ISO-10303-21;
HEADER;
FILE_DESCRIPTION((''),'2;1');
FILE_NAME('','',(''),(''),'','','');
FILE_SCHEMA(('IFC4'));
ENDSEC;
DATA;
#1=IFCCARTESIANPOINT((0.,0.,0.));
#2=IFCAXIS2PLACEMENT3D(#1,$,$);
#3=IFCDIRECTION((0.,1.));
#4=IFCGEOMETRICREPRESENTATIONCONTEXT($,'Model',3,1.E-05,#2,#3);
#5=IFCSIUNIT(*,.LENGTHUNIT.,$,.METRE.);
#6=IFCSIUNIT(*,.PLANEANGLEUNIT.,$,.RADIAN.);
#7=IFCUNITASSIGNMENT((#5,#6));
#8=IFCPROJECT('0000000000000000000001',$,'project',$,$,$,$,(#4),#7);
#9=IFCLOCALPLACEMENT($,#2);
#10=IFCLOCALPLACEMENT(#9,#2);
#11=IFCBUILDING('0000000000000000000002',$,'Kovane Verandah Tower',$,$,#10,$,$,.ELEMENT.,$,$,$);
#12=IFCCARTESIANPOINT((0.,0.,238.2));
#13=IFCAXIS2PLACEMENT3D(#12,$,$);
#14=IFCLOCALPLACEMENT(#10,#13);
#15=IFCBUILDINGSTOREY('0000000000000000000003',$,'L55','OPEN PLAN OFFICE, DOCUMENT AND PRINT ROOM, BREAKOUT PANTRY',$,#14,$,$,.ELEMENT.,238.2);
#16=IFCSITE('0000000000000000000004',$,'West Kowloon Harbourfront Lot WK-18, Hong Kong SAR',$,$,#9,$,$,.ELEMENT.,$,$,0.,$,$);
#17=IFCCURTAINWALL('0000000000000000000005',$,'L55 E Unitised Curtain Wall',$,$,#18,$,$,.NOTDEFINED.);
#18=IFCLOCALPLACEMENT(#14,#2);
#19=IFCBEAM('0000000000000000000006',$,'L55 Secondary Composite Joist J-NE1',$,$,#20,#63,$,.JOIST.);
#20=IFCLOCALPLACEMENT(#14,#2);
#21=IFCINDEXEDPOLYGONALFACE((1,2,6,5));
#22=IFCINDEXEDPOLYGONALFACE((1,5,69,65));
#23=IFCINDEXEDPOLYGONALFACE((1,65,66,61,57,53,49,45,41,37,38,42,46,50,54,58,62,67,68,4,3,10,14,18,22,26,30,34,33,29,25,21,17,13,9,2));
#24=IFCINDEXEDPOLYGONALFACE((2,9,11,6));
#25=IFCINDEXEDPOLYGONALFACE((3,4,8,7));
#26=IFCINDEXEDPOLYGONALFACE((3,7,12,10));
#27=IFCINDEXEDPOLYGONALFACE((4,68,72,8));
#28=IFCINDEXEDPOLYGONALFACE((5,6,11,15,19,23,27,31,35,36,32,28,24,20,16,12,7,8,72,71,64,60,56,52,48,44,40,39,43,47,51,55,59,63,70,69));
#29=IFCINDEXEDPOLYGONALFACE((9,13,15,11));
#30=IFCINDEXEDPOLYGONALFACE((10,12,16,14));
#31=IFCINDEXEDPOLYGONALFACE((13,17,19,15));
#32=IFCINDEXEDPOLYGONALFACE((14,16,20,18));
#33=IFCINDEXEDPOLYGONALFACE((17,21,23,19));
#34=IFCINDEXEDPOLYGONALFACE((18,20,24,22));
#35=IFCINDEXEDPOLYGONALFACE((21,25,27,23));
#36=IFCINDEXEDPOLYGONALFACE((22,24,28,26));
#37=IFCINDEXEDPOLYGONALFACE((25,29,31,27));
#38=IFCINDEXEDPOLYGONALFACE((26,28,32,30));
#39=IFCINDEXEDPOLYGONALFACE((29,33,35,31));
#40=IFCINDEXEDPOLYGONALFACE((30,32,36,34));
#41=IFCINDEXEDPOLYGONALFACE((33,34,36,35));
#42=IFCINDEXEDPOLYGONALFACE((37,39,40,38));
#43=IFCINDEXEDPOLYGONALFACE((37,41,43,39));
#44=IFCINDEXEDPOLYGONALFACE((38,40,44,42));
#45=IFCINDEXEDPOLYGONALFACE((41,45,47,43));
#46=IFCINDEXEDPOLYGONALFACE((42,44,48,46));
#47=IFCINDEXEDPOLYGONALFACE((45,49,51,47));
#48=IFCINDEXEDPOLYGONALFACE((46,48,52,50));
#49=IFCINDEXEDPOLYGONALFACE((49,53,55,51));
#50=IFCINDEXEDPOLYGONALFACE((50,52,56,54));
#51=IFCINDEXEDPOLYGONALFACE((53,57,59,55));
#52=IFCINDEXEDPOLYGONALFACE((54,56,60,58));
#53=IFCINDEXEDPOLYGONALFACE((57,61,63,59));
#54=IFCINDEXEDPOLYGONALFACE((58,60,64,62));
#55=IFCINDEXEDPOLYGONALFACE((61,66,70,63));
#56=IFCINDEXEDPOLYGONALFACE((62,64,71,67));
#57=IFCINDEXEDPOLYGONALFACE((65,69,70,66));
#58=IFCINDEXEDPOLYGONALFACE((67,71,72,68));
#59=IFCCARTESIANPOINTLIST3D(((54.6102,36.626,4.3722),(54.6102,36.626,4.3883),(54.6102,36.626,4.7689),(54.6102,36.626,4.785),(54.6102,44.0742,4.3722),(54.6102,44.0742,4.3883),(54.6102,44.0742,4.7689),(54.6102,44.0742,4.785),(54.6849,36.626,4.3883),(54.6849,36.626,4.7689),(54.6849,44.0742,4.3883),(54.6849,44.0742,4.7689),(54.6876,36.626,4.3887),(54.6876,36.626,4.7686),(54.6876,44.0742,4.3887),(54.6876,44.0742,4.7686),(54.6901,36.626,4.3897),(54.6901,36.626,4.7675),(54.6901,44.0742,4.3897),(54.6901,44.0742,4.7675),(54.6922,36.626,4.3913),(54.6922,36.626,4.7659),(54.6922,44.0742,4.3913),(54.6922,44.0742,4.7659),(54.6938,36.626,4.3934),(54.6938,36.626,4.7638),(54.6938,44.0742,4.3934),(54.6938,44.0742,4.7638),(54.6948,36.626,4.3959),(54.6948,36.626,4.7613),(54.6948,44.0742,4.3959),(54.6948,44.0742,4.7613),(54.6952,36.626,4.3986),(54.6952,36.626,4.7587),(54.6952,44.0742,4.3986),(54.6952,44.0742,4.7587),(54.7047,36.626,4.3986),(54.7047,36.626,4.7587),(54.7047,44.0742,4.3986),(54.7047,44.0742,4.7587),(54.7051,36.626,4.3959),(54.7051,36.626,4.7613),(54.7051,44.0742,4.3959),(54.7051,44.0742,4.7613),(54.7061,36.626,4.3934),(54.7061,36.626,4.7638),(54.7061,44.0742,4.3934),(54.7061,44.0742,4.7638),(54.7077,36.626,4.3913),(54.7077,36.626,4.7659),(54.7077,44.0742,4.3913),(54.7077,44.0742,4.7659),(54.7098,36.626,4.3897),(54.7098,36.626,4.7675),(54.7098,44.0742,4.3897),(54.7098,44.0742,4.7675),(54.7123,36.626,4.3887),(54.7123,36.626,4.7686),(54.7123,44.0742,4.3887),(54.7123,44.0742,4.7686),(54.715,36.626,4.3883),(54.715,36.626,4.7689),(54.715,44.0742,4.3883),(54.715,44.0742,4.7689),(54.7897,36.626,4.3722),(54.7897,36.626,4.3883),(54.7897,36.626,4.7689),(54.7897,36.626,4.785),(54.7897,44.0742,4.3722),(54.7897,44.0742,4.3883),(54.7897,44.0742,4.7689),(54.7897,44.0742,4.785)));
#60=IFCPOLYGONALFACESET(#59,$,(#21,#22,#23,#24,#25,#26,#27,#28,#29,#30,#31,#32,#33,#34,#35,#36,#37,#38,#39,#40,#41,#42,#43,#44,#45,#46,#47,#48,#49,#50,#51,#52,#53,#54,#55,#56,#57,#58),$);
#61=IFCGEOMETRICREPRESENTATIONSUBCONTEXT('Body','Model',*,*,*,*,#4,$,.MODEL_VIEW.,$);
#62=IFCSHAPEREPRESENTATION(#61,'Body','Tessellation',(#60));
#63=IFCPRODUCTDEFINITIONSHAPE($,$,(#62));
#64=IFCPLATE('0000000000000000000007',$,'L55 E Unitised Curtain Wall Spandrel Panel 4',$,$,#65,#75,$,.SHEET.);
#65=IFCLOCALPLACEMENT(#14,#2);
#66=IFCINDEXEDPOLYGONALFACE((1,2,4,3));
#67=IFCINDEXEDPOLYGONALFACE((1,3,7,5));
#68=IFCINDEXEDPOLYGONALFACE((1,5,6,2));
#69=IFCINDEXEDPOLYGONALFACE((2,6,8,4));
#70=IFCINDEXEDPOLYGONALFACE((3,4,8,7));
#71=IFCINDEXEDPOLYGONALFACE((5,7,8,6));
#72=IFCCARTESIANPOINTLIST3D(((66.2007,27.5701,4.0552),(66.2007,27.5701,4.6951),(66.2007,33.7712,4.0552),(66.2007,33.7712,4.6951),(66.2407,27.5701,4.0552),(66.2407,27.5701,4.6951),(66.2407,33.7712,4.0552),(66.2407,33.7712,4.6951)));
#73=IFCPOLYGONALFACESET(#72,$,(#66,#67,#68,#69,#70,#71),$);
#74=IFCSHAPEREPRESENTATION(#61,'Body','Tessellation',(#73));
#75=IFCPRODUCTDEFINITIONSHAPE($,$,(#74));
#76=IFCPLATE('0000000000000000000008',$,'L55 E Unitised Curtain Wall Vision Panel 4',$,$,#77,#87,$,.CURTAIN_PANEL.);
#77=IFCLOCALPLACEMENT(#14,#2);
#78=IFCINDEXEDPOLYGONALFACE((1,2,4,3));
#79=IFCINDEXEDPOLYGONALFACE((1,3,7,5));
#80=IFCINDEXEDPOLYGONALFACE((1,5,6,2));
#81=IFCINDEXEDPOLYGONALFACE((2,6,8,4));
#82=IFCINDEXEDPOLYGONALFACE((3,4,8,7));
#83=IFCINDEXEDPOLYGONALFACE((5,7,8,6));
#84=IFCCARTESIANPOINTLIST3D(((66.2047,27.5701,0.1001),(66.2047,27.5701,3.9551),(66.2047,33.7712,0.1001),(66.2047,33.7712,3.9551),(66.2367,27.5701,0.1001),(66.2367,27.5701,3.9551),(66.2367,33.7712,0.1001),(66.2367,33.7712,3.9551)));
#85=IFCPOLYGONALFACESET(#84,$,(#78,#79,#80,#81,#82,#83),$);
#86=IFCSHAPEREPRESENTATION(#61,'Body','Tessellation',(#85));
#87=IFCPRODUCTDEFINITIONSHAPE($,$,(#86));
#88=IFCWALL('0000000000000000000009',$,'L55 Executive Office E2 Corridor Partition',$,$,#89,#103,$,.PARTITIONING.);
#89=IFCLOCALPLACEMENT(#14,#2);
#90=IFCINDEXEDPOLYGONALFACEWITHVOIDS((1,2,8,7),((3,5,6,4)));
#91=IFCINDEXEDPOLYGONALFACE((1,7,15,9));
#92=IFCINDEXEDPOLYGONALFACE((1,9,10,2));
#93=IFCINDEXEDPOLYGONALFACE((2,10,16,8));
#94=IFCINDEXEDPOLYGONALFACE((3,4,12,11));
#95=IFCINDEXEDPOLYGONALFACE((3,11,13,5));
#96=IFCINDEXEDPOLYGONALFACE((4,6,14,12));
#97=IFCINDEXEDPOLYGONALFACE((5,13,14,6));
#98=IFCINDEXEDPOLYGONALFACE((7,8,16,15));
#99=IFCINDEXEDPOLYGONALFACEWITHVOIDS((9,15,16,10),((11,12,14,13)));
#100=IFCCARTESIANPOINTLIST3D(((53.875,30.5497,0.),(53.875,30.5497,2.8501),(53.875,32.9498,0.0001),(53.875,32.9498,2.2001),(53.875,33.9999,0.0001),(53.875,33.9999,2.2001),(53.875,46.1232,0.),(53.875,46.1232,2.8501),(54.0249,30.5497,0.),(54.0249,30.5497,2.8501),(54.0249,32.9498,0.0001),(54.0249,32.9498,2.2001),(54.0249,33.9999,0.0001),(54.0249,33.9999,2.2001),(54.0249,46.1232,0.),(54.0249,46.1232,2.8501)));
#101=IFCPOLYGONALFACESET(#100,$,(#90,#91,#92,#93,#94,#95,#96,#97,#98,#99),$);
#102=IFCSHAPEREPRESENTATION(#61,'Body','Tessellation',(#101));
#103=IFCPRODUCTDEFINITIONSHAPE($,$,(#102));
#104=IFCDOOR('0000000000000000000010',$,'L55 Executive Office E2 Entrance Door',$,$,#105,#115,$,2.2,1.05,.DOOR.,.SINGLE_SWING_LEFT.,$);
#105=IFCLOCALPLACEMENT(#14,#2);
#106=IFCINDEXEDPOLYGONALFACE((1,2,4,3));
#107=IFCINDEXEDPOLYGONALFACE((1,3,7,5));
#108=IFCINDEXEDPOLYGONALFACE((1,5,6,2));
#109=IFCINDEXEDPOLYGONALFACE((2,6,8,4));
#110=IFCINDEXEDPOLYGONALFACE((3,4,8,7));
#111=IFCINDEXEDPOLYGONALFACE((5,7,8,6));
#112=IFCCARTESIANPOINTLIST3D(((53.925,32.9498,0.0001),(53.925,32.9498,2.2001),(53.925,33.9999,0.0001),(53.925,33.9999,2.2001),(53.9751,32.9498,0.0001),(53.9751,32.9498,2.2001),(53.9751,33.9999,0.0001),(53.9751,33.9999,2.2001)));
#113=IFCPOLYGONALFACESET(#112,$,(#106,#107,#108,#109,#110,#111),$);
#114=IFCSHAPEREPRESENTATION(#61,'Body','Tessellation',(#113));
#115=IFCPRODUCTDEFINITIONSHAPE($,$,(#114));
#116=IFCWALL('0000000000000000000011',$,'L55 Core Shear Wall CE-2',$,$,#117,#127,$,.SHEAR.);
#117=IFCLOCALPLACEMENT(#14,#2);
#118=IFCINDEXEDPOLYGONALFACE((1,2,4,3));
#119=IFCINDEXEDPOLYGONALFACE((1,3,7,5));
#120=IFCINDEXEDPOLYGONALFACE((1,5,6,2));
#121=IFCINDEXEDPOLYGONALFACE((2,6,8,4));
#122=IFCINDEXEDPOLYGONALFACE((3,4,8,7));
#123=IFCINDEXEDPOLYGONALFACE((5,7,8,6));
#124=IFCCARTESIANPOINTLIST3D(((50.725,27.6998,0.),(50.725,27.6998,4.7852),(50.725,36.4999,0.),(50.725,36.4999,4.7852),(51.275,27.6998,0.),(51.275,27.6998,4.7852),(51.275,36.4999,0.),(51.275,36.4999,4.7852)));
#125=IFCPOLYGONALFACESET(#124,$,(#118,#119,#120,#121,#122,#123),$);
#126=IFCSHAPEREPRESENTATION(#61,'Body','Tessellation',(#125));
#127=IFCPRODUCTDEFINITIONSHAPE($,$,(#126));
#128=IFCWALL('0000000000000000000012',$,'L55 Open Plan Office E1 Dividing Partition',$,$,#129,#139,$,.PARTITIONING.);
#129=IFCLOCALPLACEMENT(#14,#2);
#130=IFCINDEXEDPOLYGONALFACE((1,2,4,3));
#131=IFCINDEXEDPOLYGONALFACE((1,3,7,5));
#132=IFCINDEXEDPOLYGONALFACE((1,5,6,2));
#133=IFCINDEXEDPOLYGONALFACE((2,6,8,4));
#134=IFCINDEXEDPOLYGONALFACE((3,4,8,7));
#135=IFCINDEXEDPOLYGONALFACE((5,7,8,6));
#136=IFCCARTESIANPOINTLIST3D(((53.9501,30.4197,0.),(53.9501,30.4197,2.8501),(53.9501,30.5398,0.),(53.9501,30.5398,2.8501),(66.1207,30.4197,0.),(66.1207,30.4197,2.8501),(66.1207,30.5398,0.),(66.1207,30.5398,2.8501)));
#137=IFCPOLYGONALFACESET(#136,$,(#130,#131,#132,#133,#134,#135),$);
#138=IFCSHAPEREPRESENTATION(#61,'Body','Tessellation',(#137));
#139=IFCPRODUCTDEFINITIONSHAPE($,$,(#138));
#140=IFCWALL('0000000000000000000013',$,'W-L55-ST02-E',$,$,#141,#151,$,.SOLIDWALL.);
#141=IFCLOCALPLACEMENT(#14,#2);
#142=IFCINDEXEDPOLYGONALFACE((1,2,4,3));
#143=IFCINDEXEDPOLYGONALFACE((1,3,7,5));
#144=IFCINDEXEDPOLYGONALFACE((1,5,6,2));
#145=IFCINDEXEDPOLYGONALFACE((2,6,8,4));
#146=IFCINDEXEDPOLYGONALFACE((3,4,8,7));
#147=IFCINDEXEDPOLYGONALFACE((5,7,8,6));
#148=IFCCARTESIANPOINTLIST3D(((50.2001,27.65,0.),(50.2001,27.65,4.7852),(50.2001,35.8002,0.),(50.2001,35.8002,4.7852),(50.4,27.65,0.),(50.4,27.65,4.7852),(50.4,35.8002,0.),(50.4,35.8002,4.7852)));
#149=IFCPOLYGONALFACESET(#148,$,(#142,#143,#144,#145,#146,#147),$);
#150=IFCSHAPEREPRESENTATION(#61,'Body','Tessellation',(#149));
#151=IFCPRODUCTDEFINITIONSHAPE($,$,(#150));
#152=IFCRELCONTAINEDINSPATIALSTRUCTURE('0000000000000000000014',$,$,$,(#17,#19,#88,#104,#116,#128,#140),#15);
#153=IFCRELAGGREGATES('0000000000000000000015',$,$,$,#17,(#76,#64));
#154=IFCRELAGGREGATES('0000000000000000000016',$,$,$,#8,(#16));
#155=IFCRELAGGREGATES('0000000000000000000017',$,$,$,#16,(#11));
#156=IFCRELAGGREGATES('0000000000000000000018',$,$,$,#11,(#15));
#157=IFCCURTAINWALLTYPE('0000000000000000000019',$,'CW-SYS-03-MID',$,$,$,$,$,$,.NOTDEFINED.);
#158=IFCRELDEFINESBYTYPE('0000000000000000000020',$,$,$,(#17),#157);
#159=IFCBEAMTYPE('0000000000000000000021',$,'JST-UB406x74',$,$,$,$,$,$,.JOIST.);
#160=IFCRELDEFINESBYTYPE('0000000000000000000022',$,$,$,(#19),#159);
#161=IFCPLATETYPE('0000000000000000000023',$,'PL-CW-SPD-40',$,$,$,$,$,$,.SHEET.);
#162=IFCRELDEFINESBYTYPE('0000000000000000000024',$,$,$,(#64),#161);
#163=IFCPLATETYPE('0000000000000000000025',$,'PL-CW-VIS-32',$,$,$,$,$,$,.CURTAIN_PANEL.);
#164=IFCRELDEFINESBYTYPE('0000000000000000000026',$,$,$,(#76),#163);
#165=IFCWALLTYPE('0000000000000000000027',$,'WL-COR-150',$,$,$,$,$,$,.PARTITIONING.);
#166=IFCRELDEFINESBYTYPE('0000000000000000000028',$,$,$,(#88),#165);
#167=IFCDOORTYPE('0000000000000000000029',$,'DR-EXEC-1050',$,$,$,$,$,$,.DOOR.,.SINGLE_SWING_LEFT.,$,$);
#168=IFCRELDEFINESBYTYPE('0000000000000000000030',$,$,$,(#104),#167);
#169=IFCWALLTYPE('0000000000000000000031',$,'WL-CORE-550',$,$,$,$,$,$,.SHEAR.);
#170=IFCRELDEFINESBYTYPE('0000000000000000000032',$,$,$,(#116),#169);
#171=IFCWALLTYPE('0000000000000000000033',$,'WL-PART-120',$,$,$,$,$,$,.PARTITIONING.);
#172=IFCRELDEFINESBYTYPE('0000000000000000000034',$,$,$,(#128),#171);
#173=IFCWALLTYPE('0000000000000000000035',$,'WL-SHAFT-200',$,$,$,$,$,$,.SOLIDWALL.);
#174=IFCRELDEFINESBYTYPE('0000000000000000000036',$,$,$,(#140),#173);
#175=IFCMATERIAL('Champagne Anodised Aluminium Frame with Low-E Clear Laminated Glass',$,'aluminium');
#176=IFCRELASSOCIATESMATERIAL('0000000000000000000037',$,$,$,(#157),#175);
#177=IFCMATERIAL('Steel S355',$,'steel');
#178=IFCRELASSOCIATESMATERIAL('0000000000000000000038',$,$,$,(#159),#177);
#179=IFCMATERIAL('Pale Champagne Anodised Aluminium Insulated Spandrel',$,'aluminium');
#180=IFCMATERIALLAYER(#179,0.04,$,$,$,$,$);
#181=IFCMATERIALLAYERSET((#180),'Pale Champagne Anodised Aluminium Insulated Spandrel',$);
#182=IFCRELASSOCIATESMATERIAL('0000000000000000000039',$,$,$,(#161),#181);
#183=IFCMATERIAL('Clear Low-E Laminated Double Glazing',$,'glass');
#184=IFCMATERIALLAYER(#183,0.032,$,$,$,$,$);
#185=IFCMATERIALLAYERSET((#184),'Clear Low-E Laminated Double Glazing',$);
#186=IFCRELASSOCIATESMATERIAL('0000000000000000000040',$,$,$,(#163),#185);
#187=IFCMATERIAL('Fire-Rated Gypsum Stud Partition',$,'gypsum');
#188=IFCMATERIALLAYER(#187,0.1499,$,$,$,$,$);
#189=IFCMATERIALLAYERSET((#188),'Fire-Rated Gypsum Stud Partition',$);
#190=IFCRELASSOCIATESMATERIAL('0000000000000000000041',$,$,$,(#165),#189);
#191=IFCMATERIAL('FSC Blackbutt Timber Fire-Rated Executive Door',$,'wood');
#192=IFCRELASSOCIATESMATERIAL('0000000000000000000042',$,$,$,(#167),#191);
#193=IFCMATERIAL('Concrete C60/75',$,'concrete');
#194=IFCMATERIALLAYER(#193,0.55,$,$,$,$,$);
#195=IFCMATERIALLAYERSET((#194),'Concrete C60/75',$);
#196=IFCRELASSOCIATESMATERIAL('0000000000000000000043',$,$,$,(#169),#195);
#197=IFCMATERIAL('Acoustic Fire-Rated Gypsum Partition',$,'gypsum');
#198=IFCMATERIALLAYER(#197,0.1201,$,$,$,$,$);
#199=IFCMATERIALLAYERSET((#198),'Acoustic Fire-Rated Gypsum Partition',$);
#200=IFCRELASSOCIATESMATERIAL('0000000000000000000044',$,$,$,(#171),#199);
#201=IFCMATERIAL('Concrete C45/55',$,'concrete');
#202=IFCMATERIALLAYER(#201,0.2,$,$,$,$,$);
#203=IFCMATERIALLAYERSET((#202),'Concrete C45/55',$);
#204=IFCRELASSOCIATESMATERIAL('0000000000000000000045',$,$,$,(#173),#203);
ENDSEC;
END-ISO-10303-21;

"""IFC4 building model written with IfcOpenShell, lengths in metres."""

from ifc_helpers import new_model, si_unit, direction, frame, frame_2d, origin, origin_2d, place, context, subcontext, project, spatial, rectangle, i_section, extrude, material, layer, layer_set, material_profile, profile_set, type_object, element, fill, aggregate, save


model = new_model("IFC4")

# Units and contexts
model_context = context("Model", 3, precision=1e-05, world=origin(), true_north=direction((0.0, 1.0)))
body_context = subcontext(model_context, "Body", "Model", "MODEL_VIEW")
ifc_project = project(units=[si_unit("LENGTHUNIT", "METRE"), si_unit("PLANEANGLEUNIT", "RADIAN")], contexts=[model_context])

# Site, building, storey
site_placement = place(None, origin())
site = spatial("IfcSite", under=ifc_project, at=site_placement, Name="West Kowloon Harbourfront Lot WK-18, Hong Kong SAR", CompositionType="ELEMENT", RefElevation=0.0)
building_placement = place(site_placement, origin())
building = spatial("IfcBuilding", under=site, at=building_placement, Name="Kovane Verandah Tower", CompositionType="ELEMENT")
storey_placement = place(building_placement, frame((0.0, 0.0, 238.2)))
storey = spatial("IfcBuildingStorey", under=building, at=storey_placement, Name="L55", Description="OPEN PLAN OFFICE, DOCUMENT AND PRINT ROOM, BREAKOUT PANTRY", CompositionType="ELEMENT", Elevation=238.2)

# Shared definitions
ifc_material_1 = material(Name="Concrete C60/75", Category="concrete")

# Shared definitions
ifc_material_2 = material(Name="Steel S355", Category="steel")

# Curtain wall
ifc_material_3 = material(Name="Champagne Anodised Aluminium Frame with Low-E Clear Laminated Glass", Category="aluminium")
curtain_wall_type = type_object("IfcCurtainWallType", Name="CW-SYS-03-MID", PredefinedType="NOTDEFINED", material=ifc_material_3)
curtain_wall_placement = place(storey_placement, origin())
curtain_wall = element("IfcCurtainWall", 1, at=curtain_wall_placement, inside=storey, type_object=curtain_wall_type, Name="L55 E Unitised Curtain Wall", PredefinedType="NOTDEFINED")

# Beam
ifc_material_profile_1 = material_profile(ifc_material_2, i_section(OverallWidth=0.1794, OverallDepth=0.4128, WebThickness=0.0095, FlangeThickness=0.0161, FilletRadius=0.0103, at=origin_2d()), Name="UB406x178x74")
ifc_profile_set_1 = profile_set([ifc_material_profile_1], Name="Steel S355")
beam_type_1 = type_object("IfcBeamType", Name="JST-UB406x74", PredefinedType="JOIST", material=ifc_profile_set_1)
beam_1_placement = place(storey_placement, frame((54.7, 36.626, 4.5786), z_axis=(0.0, 1.0, 0.0), x_axis=(-1.0, 0.0, 0.0)))
element("IfcBeam", 2, at=beam_1_placement, inside=storey, type_object=beam_type_1, Name="L55 Secondary Composite Joist J-NE1", PredefinedType="JOIST", context=body_context, shape_type="SweptSolid", body=[
    extrude(i_section(OverallWidth=0.1794, OverallDepth=0.4128, WebThickness=0.0095, FlangeThickness=0.0161, FilletRadius=0.0103, at=origin_2d()), origin(), (0.0, 0.0, 1.0), 7.4482),
])

# Plates
ifc_material_4 = material(Name="Pale Champagne Anodised Aluminium Insulated Spandrel", Category="aluminium")
ifc_layer_1 = layer(ifc_material_4, 0.04)
ifc_layer_set_1 = layer_set([ifc_layer_1], Name="Pale Champagne Anodised Aluminium Insulated Spandrel")
plate_type_1 = type_object("IfcPlateType", Name="PL-CW-SPD-40", PredefinedType="SHEET", material=ifc_layer_set_1)
plate_1_placement = place(storey_placement, frame((66.2207, 30.6707, 4.0552), z_axis=(0.0, 0.0, 1.0), x_axis=(0.0, 1.0, 0.0)))
plate_1 = element("IfcPlate", 3, at=plate_1_placement, type_object=plate_type_1, Name="L55 E Unitised Curtain Wall Spandrel Panel 4", PredefinedType="SHEET", context=body_context, shape_type="SweptSolid", body=[
    extrude(rectangle(XDim=6.2012, YDim=0.04, at=origin_2d()), origin(), (0.0, 0.0, 1.0), 0.6399),
])
ifc_material_5 = material(Name="Clear Low-E Laminated Double Glazing", Category="glass")
ifc_layer_2 = layer(ifc_material_5, 0.032)
ifc_layer_set_2 = layer_set([ifc_layer_2], Name="Clear Low-E Laminated Double Glazing")
plate_type_2 = type_object("IfcPlateType", Name="PL-CW-VIS-32", PredefinedType="CURTAIN_PANEL", material=ifc_layer_set_2)
plate_2_placement = place(storey_placement, frame((66.2207, 30.6707, 0.1001), z_axis=(0.0, 0.0, 1.0), x_axis=(0.0, 1.0, 0.0)))
plate_2 = element("IfcPlate", 4, at=plate_2_placement, type_object=plate_type_2, Name="L55 E Unitised Curtain Wall Vision Panel 4", PredefinedType="CURTAIN_PANEL", context=body_context, shape_type="SweptSolid", body=[
    extrude(rectangle(XDim=6.2012, YDim=0.032, at=origin_2d()), origin(), (0.0, 0.0, 1.0), 3.855),
])
aggregate(curtain_wall, [plate_2, plate_1])

# Wall, opening, door
ifc_material_6 = material(Name="Fire-Rated Gypsum Stud Partition", Category="gypsum")
ifc_layer_3 = layer(ifc_material_6, 0.1499)
ifc_layer_set_3 = layer_set([ifc_layer_3], Name="Fire-Rated Gypsum Stud Partition")
wall_type_1 = type_object("IfcWallType", Name="WL-COR-150", PredefinedType="PARTITIONING", material=ifc_layer_set_3)
wall_1_placement = place(storey_placement, frame((53.95, 30.5498, 0.0), z_axis=(0.0, 0.0, 1.0), x_axis=(0.0, 1.0, 0.0)))
wall_1 = element("IfcWall", 5, at=wall_1_placement, inside=storey, type_object=wall_type_1, Name="L55 Executive Office E2 Corridor Partition", PredefinedType="PARTITIONING", context=body_context, shape_type="SweptSolid", body=[
    extrude(rectangle(XDim=15.5735, YDim=0.1499, at=frame_2d((7.7866, 0.0))), origin(), (0.0, 0.0, 1.0), 2.8501),
])
opening_placement = place(wall_1_placement, frame((2.4001, 0.0, 0.0)))
opening = element("IfcOpeningElement", 6, at=opening_placement, cuts=wall_1, PredefinedType="OPENING", context=body_context, shape_type="SweptSolid", body=[
    extrude(rectangle(XDim=1.05, YDim=2.2, at=frame_2d((0.5249, 1.1001))), frame((0.0, 0.075, 0.0), z_axis=(0.0, -1.0, 0.0), x_axis=(1.0, 0.0, 0.0)), (0.0, 0.0, 1.0), 0.1499),
])
ifc_material_7 = material(Name="FSC Blackbutt Timber Fire-Rated Executive Door", Category="wood")
door_type = type_object("IfcDoorType", Name="DR-EXEC-1050", OperationType="SINGLE_SWING_LEFT", PredefinedType="DOOR", material=ifc_material_7)
door_placement = place(opening_placement, origin())
door = element("IfcDoor", 7, at=door_placement, inside=storey, type_object=door_type, Name="L55 Executive Office E2 Entrance Door", OperationType="SINGLE_SWING_LEFT", OverallHeight=2.2, OverallWidth=1.05, PredefinedType="DOOR", context=body_context, shape_type="SweptSolid", body=[
    extrude(rectangle(XDim=1.05, YDim=2.2, at=frame_2d((0.5249, 1.1001))), frame((0.0, 0.0249, 0.0), z_axis=(0.0, -1.0, 0.0), x_axis=(1.0, 0.0, 0.0)), (0.0, 0.0, 1.0), 0.05),
])
fill(opening, door)

# Walls
ifc_layer_4 = layer(ifc_material_1, 0.55)
ifc_layer_set_4 = layer_set([ifc_layer_4], Name="Concrete C60/75")
wall_type_2 = type_object("IfcWallType", Name="WL-CORE-550", PredefinedType="SHEAR", material=ifc_layer_set_4)
wall_2_placement = place(storey_placement, frame((51.0, 27.7, 0.0), z_axis=(0.0, 0.0, 1.0), x_axis=(0.0, 1.0, 0.0)))
element("IfcWall", 8, at=wall_2_placement, inside=storey, type_object=wall_type_2, Name="L55 Core Shear Wall CE-2", PredefinedType="SHEAR", context=body_context, shape_type="SweptSolid", body=[
    extrude(rectangle(XDim=8.8, YDim=0.55, at=frame_2d((4.3999, 0.0))), origin(), (0.0, 0.0, 1.0), 4.7852),
])
ifc_material_8 = material(Name="Acoustic Fire-Rated Gypsum Partition", Category="gypsum")
ifc_layer_5 = layer(ifc_material_8, 0.1201)
ifc_layer_set_5 = layer_set([ifc_layer_5], Name="Acoustic Fire-Rated Gypsum Partition")
wall_type_3 = type_object("IfcWallType", Name="WL-PART-120", PredefinedType="PARTITIONING", material=ifc_layer_set_5)
wall_3_placement = place(storey_placement, frame((53.95, 30.4797, 0.0), z_axis=(0.0, 0.0, 1.0), x_axis=(1.0, 0.0, 0.0)))
element("IfcWall", 9, at=wall_3_placement, inside=storey, type_object=wall_type_3, Name="L55 Open Plan Office E1 Dividing Partition", PredefinedType="PARTITIONING", context=body_context, shape_type="SweptSolid", body=[
    extrude(rectangle(XDim=12.1707, YDim=0.1201, at=frame_2d((6.0854, 0.0))), origin(), (0.0, 0.0, 1.0), 2.8501),
])
ifc_material_9 = material(Name="Concrete C45/55", Category="concrete")
ifc_layer_6 = layer(ifc_material_9, 0.2)
ifc_layer_set_6 = layer_set([ifc_layer_6], Name="Concrete C45/55")
wall_type_4 = type_object("IfcWallType", Name="WL-SHAFT-200", PredefinedType="SOLIDWALL", material=ifc_layer_set_6)
wall_4_placement = place(storey_placement, frame((50.3, 27.6499, 0.0), z_axis=(0.0, 0.0, 1.0), x_axis=(0.0, 1.0, 0.0)))
element("IfcWall", 10, at=wall_4_placement, inside=storey, type_object=wall_type_4, Name="W-L55-ST02-E", PredefinedType="SOLIDWALL", context=body_context, shape_type="SweptSolid", body=[
    extrude(rectangle(XDim=8.1501, YDim=0.2, at=frame_2d((4.0752, 0.0))), origin(), (0.0, 0.0, 1.0), 4.7852),
])

save(model, "model.ifc")
